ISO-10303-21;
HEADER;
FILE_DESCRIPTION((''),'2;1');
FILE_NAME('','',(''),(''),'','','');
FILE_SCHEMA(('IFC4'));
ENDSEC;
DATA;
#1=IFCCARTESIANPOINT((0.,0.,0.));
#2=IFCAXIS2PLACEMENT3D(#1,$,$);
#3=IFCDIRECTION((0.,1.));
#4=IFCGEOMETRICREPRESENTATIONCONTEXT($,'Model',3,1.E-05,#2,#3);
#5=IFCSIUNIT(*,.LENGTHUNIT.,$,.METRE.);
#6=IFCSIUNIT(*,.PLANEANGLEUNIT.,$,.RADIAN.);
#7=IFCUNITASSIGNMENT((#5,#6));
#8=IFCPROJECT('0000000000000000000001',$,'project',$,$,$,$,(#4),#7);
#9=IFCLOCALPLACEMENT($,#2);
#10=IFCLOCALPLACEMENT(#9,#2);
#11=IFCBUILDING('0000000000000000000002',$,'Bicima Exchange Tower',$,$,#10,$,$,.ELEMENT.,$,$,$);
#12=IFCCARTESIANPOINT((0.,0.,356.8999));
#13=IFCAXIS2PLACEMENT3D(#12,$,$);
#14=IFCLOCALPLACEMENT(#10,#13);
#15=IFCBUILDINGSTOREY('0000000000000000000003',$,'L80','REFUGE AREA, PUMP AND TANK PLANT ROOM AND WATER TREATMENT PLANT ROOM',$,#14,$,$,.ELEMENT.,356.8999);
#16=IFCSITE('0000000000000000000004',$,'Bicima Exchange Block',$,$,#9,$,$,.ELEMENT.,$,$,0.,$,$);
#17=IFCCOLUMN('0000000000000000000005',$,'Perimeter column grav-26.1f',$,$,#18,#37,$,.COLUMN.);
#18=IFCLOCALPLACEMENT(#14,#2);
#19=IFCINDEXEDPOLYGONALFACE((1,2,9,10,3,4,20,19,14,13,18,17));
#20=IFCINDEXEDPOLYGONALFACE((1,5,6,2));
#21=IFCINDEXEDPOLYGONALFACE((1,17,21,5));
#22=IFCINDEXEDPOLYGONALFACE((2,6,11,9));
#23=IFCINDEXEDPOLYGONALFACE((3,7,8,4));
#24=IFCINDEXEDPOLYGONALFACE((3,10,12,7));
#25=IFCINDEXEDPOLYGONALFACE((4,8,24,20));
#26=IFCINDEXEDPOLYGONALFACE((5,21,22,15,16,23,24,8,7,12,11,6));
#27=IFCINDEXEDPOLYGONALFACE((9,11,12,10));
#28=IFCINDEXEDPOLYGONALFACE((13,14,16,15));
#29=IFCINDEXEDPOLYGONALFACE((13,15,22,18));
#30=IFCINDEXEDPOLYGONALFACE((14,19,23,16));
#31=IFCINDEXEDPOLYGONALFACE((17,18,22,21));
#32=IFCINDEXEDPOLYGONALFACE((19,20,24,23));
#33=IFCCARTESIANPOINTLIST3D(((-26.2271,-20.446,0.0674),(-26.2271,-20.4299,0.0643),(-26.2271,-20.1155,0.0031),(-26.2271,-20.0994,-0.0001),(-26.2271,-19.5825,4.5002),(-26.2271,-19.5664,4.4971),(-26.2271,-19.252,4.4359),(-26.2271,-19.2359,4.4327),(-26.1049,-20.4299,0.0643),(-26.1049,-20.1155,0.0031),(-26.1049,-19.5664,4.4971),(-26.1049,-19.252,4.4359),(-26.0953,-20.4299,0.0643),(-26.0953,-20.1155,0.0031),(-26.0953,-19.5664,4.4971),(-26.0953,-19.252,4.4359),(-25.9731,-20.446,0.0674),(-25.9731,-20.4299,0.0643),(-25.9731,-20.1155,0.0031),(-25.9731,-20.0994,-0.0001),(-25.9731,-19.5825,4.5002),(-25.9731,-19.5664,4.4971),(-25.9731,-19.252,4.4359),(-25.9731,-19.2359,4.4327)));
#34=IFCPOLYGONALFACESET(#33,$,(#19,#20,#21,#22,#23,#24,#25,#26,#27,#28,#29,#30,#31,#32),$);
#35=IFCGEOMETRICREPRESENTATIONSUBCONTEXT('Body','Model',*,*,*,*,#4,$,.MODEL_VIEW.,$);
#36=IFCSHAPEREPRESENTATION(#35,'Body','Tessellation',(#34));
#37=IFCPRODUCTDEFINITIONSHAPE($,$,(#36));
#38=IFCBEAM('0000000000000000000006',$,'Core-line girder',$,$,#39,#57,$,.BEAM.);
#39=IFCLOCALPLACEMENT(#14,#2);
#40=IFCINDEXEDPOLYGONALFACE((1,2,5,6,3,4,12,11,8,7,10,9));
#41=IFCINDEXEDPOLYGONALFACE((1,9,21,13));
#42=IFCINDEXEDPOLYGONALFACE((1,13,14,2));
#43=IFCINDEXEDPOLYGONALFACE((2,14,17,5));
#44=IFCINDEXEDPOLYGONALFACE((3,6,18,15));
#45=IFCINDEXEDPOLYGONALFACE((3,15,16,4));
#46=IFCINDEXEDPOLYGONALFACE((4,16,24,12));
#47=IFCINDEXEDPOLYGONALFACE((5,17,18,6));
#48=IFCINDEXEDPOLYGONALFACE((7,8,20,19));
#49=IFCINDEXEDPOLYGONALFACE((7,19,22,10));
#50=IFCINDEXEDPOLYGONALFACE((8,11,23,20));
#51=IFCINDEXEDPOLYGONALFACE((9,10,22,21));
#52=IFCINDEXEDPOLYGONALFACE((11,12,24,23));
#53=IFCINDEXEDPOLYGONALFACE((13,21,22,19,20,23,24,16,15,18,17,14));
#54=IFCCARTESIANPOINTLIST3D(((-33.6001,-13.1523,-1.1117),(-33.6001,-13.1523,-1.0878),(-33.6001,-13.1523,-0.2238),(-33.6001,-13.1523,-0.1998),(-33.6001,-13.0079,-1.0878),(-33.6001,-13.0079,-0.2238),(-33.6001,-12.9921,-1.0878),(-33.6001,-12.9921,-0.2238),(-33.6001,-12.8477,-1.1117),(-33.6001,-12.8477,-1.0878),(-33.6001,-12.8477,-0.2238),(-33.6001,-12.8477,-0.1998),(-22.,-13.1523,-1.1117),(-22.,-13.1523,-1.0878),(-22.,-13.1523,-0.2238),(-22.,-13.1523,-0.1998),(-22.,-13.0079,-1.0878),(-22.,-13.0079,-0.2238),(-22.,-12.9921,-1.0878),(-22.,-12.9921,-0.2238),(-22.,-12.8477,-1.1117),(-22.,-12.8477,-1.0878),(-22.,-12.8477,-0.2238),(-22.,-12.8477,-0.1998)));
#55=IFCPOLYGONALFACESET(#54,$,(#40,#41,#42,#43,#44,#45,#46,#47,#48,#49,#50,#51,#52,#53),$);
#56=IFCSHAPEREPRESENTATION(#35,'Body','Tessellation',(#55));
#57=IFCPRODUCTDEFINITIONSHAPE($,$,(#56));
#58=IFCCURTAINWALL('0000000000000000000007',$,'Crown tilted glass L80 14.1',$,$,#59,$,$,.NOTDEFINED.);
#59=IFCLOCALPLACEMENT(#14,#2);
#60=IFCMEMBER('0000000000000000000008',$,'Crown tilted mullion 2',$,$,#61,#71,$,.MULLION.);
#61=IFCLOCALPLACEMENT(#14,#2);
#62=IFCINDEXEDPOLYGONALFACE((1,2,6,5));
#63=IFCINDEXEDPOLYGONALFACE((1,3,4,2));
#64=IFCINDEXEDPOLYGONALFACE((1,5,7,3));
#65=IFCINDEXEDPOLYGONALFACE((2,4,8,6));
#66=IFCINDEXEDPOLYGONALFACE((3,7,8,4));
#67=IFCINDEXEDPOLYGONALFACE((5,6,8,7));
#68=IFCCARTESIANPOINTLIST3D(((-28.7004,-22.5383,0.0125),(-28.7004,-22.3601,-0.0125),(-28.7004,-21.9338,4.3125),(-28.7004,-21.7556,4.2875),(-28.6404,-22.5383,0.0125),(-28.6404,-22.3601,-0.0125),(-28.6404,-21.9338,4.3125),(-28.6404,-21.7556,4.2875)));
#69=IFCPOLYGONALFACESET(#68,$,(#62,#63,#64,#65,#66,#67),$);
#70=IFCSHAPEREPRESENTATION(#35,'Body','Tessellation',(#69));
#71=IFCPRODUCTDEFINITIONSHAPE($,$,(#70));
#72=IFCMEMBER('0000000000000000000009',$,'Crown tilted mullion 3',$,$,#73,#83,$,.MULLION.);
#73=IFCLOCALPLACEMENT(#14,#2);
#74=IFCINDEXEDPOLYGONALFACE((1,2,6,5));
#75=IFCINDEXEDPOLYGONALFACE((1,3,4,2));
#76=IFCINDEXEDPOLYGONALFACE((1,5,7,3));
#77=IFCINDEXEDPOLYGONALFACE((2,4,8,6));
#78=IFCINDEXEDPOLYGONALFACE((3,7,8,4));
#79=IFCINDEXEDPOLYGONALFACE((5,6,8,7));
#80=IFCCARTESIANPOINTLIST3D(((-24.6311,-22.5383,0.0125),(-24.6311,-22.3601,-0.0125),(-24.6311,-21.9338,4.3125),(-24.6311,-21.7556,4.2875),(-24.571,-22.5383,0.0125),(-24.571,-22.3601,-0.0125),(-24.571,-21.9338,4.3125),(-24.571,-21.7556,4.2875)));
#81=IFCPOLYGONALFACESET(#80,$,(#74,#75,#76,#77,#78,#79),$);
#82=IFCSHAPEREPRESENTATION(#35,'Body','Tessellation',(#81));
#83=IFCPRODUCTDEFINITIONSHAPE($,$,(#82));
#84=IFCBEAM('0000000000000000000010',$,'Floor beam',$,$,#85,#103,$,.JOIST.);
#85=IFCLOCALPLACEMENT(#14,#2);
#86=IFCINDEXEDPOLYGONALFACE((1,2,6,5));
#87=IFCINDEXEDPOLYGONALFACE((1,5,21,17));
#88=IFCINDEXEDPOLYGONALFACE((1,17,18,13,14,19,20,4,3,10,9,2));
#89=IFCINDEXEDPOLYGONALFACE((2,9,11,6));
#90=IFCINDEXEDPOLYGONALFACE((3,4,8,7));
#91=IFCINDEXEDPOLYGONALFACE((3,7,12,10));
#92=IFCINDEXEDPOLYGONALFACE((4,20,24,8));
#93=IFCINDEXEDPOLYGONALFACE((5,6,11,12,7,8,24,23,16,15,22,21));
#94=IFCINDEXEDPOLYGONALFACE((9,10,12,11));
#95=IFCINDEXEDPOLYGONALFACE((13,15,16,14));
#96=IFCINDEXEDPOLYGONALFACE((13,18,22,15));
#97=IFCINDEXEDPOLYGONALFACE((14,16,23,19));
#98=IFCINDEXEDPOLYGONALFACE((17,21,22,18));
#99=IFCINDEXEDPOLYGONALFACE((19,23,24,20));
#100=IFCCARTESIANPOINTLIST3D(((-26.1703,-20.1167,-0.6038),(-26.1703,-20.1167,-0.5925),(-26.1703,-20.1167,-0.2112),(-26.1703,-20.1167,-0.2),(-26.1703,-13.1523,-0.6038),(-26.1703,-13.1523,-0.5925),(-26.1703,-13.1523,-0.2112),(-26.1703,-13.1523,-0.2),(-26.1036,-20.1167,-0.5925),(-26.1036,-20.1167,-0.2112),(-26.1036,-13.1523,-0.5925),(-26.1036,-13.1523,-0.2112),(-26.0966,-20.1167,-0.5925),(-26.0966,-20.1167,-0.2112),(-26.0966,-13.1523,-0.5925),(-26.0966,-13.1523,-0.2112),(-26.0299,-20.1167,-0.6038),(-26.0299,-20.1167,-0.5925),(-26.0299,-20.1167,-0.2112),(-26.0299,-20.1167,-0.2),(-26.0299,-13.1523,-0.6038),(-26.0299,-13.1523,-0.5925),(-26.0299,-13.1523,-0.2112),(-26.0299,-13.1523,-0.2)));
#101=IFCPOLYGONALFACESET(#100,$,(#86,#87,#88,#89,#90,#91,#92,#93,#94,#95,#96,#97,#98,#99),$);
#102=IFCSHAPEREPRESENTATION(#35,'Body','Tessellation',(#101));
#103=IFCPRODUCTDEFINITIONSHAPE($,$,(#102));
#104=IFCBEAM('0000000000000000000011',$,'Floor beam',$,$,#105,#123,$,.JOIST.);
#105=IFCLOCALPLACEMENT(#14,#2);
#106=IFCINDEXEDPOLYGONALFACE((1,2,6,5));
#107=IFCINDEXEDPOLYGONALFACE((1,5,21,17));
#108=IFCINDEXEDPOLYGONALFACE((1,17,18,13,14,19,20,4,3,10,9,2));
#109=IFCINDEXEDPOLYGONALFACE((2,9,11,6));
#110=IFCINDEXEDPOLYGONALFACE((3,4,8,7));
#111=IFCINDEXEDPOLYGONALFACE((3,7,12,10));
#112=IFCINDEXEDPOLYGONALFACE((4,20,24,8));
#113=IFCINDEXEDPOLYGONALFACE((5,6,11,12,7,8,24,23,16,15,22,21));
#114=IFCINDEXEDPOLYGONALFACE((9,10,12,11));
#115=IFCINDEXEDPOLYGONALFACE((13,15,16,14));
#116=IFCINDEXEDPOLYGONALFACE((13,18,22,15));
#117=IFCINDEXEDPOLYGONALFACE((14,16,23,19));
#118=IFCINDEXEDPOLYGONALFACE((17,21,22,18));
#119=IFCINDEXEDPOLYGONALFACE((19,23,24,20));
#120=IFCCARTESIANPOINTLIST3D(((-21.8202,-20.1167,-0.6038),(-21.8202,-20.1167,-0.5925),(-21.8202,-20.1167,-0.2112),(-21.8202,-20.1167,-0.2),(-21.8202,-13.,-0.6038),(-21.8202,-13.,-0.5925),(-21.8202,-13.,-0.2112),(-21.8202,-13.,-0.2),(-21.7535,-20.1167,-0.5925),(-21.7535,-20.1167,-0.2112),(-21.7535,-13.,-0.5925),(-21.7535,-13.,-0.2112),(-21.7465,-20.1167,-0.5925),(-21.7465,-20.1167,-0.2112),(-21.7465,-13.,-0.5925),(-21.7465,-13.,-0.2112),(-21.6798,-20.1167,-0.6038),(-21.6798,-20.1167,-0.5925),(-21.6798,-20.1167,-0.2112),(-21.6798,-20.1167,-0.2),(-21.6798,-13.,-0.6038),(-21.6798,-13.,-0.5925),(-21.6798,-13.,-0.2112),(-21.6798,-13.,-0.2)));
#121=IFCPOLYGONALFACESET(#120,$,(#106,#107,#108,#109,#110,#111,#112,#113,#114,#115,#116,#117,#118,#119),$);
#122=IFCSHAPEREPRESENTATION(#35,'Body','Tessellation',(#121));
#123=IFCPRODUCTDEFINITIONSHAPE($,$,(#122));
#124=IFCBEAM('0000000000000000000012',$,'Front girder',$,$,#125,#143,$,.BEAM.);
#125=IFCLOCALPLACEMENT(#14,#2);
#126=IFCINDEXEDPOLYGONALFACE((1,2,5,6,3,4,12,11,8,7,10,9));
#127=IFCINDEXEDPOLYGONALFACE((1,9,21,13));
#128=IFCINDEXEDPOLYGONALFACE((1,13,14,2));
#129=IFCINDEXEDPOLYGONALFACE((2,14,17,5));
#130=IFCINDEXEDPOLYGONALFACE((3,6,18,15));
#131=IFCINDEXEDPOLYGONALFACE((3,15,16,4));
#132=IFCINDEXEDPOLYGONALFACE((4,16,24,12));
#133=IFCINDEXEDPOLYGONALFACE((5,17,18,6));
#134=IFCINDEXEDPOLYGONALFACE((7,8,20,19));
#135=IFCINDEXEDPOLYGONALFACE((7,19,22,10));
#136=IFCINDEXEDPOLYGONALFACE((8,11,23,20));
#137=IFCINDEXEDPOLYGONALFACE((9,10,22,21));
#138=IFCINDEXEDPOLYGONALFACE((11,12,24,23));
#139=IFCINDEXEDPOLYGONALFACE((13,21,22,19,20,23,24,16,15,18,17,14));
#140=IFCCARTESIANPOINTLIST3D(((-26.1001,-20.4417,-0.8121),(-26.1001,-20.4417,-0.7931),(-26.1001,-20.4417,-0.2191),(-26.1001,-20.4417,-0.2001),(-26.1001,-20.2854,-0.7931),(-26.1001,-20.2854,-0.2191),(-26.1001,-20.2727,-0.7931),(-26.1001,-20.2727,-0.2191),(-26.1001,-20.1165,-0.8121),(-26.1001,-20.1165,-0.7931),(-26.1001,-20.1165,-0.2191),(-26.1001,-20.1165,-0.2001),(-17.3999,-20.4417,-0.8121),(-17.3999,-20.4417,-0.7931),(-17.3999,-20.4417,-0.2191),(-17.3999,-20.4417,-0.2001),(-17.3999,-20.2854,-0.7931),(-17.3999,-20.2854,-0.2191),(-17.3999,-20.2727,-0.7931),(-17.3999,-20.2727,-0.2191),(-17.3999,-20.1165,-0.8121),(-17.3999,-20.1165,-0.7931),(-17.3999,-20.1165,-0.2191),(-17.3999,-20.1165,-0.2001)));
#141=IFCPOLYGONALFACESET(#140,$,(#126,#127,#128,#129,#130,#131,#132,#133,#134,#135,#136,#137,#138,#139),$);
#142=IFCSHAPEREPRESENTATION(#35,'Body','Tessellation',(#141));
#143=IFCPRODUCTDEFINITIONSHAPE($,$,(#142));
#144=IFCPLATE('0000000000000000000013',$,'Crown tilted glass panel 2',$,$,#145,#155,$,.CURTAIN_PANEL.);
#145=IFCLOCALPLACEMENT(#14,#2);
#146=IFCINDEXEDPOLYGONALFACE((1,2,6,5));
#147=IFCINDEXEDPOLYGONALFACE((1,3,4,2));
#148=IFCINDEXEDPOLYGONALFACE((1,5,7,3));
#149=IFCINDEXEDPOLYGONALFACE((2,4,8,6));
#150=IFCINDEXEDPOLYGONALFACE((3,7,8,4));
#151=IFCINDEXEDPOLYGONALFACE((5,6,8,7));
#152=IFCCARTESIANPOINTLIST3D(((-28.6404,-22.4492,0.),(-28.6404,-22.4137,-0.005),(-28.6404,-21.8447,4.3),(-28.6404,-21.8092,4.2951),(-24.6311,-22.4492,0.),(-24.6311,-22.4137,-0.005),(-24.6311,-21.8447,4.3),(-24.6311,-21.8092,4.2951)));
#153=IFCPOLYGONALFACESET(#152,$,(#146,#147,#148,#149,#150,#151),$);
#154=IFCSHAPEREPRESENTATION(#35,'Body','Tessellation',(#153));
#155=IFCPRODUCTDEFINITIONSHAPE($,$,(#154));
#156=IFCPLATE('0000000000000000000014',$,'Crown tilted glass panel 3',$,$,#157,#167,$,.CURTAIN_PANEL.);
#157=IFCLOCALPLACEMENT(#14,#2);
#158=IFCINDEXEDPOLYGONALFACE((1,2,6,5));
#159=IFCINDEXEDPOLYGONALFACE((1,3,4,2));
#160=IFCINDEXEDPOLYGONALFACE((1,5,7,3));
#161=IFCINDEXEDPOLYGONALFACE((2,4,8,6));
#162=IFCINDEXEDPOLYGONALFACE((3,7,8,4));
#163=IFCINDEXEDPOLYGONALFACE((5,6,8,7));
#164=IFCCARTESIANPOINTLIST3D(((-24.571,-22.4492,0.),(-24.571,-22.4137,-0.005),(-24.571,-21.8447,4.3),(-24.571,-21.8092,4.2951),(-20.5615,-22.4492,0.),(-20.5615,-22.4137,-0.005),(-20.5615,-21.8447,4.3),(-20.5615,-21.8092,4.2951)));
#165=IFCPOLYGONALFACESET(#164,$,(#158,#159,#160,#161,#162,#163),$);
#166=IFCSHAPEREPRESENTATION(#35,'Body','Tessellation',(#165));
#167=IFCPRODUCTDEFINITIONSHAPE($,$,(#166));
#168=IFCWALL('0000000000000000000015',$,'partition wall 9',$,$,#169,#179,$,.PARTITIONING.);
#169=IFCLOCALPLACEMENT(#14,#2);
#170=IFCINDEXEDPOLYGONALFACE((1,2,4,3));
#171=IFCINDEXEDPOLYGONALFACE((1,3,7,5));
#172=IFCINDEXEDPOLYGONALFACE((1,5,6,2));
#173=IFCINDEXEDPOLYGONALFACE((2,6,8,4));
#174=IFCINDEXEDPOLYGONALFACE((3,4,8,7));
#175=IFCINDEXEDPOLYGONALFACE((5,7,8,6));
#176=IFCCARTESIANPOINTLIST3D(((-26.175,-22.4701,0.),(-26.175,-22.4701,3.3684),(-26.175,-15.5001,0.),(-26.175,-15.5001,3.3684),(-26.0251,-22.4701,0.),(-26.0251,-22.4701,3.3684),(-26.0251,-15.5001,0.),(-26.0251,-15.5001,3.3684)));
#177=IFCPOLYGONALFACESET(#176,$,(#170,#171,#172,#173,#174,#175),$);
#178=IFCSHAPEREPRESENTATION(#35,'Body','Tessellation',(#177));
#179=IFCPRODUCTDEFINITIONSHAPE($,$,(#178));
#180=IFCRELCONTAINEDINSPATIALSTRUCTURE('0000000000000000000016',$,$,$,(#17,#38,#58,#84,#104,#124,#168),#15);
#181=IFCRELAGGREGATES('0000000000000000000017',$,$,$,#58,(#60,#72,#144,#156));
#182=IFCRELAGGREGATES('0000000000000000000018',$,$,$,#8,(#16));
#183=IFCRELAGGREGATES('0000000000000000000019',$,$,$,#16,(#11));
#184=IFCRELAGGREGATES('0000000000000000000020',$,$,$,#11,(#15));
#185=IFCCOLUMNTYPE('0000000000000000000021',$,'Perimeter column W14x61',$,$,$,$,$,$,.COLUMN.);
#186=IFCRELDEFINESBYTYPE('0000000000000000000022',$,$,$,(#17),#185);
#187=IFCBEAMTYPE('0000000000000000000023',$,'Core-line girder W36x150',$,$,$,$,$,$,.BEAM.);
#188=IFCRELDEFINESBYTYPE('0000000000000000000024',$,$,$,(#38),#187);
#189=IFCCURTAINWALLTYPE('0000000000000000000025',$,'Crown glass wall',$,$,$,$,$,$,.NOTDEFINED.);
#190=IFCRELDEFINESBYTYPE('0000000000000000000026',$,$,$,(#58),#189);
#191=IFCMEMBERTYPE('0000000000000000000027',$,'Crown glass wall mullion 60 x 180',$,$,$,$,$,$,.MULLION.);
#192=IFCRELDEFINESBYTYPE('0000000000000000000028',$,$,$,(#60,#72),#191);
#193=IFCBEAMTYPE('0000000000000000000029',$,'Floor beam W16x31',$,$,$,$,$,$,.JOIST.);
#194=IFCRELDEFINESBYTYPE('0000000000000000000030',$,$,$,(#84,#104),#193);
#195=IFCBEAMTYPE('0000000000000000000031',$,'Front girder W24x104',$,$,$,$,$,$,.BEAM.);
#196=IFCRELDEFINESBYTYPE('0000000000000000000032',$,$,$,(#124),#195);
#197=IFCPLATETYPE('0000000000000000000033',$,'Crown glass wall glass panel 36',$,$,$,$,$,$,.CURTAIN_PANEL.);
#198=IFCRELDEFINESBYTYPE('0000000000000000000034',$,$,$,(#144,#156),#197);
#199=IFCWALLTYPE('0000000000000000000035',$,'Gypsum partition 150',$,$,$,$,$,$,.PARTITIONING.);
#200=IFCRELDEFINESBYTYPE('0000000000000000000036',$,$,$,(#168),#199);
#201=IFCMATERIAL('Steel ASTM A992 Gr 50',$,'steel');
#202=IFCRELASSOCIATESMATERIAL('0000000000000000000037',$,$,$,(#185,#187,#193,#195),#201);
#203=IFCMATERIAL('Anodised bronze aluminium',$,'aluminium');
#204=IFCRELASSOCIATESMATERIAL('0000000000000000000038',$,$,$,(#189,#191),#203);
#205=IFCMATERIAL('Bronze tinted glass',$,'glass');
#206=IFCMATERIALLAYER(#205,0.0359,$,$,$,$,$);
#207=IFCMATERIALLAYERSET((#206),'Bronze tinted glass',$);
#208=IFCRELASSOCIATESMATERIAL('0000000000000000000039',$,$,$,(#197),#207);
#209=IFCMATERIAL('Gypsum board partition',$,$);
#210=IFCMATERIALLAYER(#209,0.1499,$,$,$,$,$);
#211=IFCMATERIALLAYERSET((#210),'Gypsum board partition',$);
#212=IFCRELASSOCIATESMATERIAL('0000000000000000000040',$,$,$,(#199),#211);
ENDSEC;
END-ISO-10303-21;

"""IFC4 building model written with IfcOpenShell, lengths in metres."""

from ifc_helpers import new_model, si_unit, direction, frame, frame_2d, origin, origin_2d, place, context, subcontext, project, spatial, polyline, rectangle, i_section, outline, extrude, material, layer, layer_set, material_profile, profile_set, type_object, element, aggregate, save


model = new_model("IFC4")

# Units and contexts
model_context = context("Model", 3, precision=1e-05, world=origin(), true_north=direction((0.0, 1.0)))
body_context = subcontext(model_context, "Body", "Model", "MODEL_VIEW")
ifc_project = project(units=[si_unit("LENGTHUNIT", "METRE"), si_unit("PLANEANGLEUNIT", "RADIAN")], contexts=[model_context])

# Site, building, storey
site_placement = place(None, origin())
site = spatial("IfcSite", under=ifc_project, at=site_placement, Name="Bicima Exchange Block", CompositionType="ELEMENT", RefElevation=0.0)
building_placement = place(site_placement, origin())
building = spatial("IfcBuilding", under=site, at=building_placement, Name="Bicima Exchange Tower", CompositionType="ELEMENT")
storey_placement = place(building_placement, frame((0.0, 0.0, 356.8999)))
storey = spatial("IfcBuildingStorey", under=building, at=storey_placement, Name="L80", Description="REFUGE AREA, PUMP AND TANK PLANT ROOM AND WATER TREATMENT PLANT ROOM", CompositionType="ELEMENT", Elevation=356.8999)

# Column
ifc_material_1 = material(Name="Steel ASTM A992 Gr 50", Category="steel")
ifc_material_profile_1 = material_profile(ifc_material_1, i_section(OverallWidth=0.2539, OverallDepth=0.353, WebThickness=0.0095, FlangeThickness=0.0164, at=origin_2d()))
ifc_profile_set_1 = profile_set([ifc_material_profile_1], Name="Steel ASTM A992 Gr 50")
column_type = type_object("IfcColumnType", Name="Perimeter column W14x61", PredefinedType="COLUMN", material=ifc_profile_set_1)
column_placement = place(storey_placement, frame((-26.1001, -20.2727, 0.0337), z_axis=(0.0, 0.191207, 0.98155), x_axis=(-1.0, 0.0, 0.0)))
element("IfcColumn", 1, at=column_placement, inside=storey, type_object=column_type, Name="Perimeter column grav-26.1f", PredefinedType="COLUMN", context=body_context, shape_type="SweptSolid", body=[
    extrude(i_section(OverallWidth=0.2539, OverallDepth=0.353, WebThickness=0.0095, FlangeThickness=0.0164, at=origin_2d()), origin(), (0.0, 0.0, 1.0), 4.5161),
])

# Beam
ifc_material_profile_2 = material_profile(ifc_material_1, i_section(OverallWidth=0.3047, OverallDepth=0.9119, WebThickness=0.0159, FlangeThickness=0.0239, at=origin_2d()))
ifc_profile_set_2 = profile_set([ifc_material_profile_2], Name="Steel ASTM A992 Gr 50")
beam_type_1 = type_object("IfcBeamType", Name="Core-line girder W36x150", PredefinedType="BEAM", material=ifc_profile_set_2)
beam_1_placement = place(storey_placement, frame((-22.0, -13.0, -0.6558), z_axis=(-1.0, 0.0, 0.0), x_axis=(0.0, -1.0, 0.0)))
element("IfcBeam", 2, at=beam_1_placement, inside=storey, type_object=beam_type_1, Name="Core-line girder", PredefinedType="BEAM", context=body_context, shape_type="SweptSolid", body=[
    extrude(i_section(OverallWidth=0.3047, OverallDepth=0.9119, WebThickness=0.0159, FlangeThickness=0.0239, at=origin_2d()), origin(), (0.0, 0.0, 1.0), 11.6001),
])

# Curtain wall, members
ifc_material_2 = material(Name="Anodised bronze aluminium", Category="aluminium")
curtain_wall_type = type_object("IfcCurtainWallType", Name="Crown glass wall", PredefinedType="NOTDEFINED", material=ifc_material_2)
curtain_wall_placement = place(storey_placement, origin())
curtain_wall = element("IfcCurtainWall", 3, at=curtain_wall_placement, inside=storey, type_object=curtain_wall_type, Name="Crown tilted glass L80 14.1", PredefinedType="NOTDEFINED")
ifc_material_profile_3 = material_profile(ifc_material_2, rectangle(XDim=0.1799, YDim=0.0601, at=origin_2d()))
ifc_profile_set_3 = profile_set([ifc_material_profile_3], Name="Anodised bronze aluminium")
member_type = type_object("IfcMemberType", Name="Crown glass wall mullion 60 x 180", PredefinedType="MULLION", material=ifc_profile_set_3)
member_1_placement = place(storey_placement, frame((-28.6704, -22.4492, 0.0), z_axis=(0.0, 0.139209, 0.990263), x_axis=(0.0, -0.990263, 0.139209)))
member_1 = element("IfcMember", 4, at=member_1_placement, type_object=member_type, Name="Crown tilted mullion 2", PredefinedType="MULLION", context=body_context, shape_type="SweptSolid", body=[
    extrude(rectangle(XDim=0.1799, YDim=0.0601, at=origin_2d()), origin(), (0.0, 0.0, 1.0), 4.3423),
])
member_2_placement = place(storey_placement, frame((-24.6011, -22.4492, 0.0), z_axis=(0.0, 0.139209, 0.990263), x_axis=(0.0, -0.990263, 0.139209)))
member_2 = element("IfcMember", 5, at=member_2_placement, type_object=member_type, Name="Crown tilted mullion 3", PredefinedType="MULLION", context=body_context, shape_type="SweptSolid", body=[
    extrude(rectangle(XDim=0.1799, YDim=0.0601, at=origin_2d()), origin(), (0.0, 0.0, 1.0), 4.3423),
])

# Beams
ifc_material_profile_4 = material_profile(ifc_material_1, i_section(OverallWidth=0.1404, OverallDepth=0.4038, WebThickness=0.0071, FlangeThickness=0.0112, at=origin_2d()))
ifc_profile_set_4 = profile_set([ifc_material_profile_4], Name="Steel ASTM A992 Gr 50")
beam_type_2 = type_object("IfcBeamType", Name="Floor beam W16x31", PredefinedType="JOIST", material=ifc_profile_set_4)
beam_2_placement = place(storey_placement, frame((-26.1001, -13.1523, -0.4019), z_axis=(0.0, -1.0, 0.0), x_axis=(1.0, 0.0, 0.0)))
element("IfcBeam", 6, at=beam_2_placement, inside=storey, type_object=beam_type_2, Name="Floor beam", PredefinedType="JOIST", context=body_context, shape_type="SweptSolid", body=[
    extrude(i_section(OverallWidth=0.1404, OverallDepth=0.4038, WebThickness=0.0071, FlangeThickness=0.0112, at=origin_2d()), origin(), (0.0, 0.0, 1.0), 6.9644),
])
beam_3_placement = place(storey_placement, frame((-21.75, -13.0, -0.4019), z_axis=(0.0, -1.0, 0.0), x_axis=(1.0, 0.0, 0.0)))
element("IfcBeam", 7, at=beam_3_placement, inside=storey, type_object=beam_type_2, Name="Floor beam", PredefinedType="JOIST", context=body_context, shape_type="SweptSolid", body=[
    extrude(i_section(OverallWidth=0.1404, OverallDepth=0.4038, WebThickness=0.0071, FlangeThickness=0.0112, at=origin_2d()), origin(), (0.0, 0.0, 1.0), 7.1167),
])
ifc_material_profile_5 = material_profile(ifc_material_1, i_section(OverallWidth=0.3252, OverallDepth=0.6121, WebThickness=0.0127, FlangeThickness=0.019, at=origin_2d()))
ifc_profile_set_5 = profile_set([ifc_material_profile_5], Name="Steel ASTM A992 Gr 50")
beam_type_3 = type_object("IfcBeamType", Name="Front girder W24x104", PredefinedType="BEAM", material=ifc_profile_set_5)
beam_4_placement = place(storey_placement, frame((-26.1001, -20.2791, -0.5061), z_axis=(1.0, 0.0, 0.0), x_axis=(0.0, 1.0, 0.0)))
element("IfcBeam", 8, at=beam_4_placement, inside=storey, type_object=beam_type_3, Name="Front girder", PredefinedType="BEAM", context=body_context, shape_type="SweptSolid", body=[
    extrude(i_section(OverallWidth=0.3252, OverallDepth=0.6121, WebThickness=0.0127, FlangeThickness=0.019, at=origin_2d()), origin(), (0.0, 0.0, 1.0), 8.7002),
])

# Plates
ifc_material_3 = material(Name="Bronze tinted glass", Category="glass")
ifc_layer_1 = layer(ifc_material_3, 0.0359)
ifc_layer_set_1 = layer_set([ifc_layer_1], Name="Bronze tinted glass")
plate_type = type_object("IfcPlateType", Name="Crown glass wall glass panel 36", PredefinedType="CURTAIN_PANEL", material=ifc_layer_set_1)
plate_1_placement = place(storey_placement, frame((-28.6404, -22.4492, 0.0), z_axis=(0.0, -0.990263, 0.139209), x_axis=(1.0, 0.0, 0.0)))
plate_1 = element("IfcPlate", 9, at=plate_1_placement, type_object=plate_type, Name="Crown tilted glass panel 2", PredefinedType="CURTAIN_PANEL", context=body_context, shape_type="SweptSolid", body=[
    extrude(outline(polyline([(0.0, 0.0), (4.0093, 0.0), (4.0093, 4.3423), (0.0, 4.3423), (0.0, 0.0)])), origin(), (0.0, 0.0, -1.0), 0.0359),
])
plate_2_placement = place(storey_placement, frame((-24.571, -22.4492, 0.0), z_axis=(0.0, -0.990263, 0.139209), x_axis=(1.0, 0.0, 0.0)))
plate_2 = element("IfcPlate", 10, at=plate_2_placement, type_object=plate_type, Name="Crown tilted glass panel 3", PredefinedType="CURTAIN_PANEL", context=body_context, shape_type="SweptSolid", body=[
    extrude(outline(polyline([(0.0, 0.0), (4.0095, 0.0), (4.0095, 4.3423), (0.0, 4.3423), (0.0, 0.0)])), origin(), (0.0, 0.0, -1.0), 0.0359),
])
aggregate(curtain_wall, [member_1, member_2, plate_1, plate_2])

# Wall
ifc_material_4 = material(Name="Gypsum board partition")
ifc_layer_2 = layer(ifc_material_4, 0.1499)
ifc_layer_set_2 = layer_set([ifc_layer_2], Name="Gypsum board partition")
wall_type_1 = type_object("IfcWallType", Name="Gypsum partition 150", PredefinedType="PARTITIONING", material=ifc_layer_set_2)
for number, where, z_axis, x_axis, name in (
    (11, (-26.1001, -22.47, 0.0), (0.0, 0.0, 1.0), (0.0, 1.0, 0.0), "partition wall 9"),
):
    element("IfcWall", number, at=place(storey_placement, frame(where, z_axis=z_axis, x_axis=x_axis)), inside=storey, type_object=wall_type_1, Name=name, PredefinedType="PARTITIONING", context=body_context, shape_type="SweptSolid", body=[
        extrude(rectangle(XDim=6.97, YDim=0.1499, at=frame_2d((3.4849, 0.0))), origin(), (0.0, 0.0, 1.0), 3.3684),
    ])

save(model, "model.ifc")
